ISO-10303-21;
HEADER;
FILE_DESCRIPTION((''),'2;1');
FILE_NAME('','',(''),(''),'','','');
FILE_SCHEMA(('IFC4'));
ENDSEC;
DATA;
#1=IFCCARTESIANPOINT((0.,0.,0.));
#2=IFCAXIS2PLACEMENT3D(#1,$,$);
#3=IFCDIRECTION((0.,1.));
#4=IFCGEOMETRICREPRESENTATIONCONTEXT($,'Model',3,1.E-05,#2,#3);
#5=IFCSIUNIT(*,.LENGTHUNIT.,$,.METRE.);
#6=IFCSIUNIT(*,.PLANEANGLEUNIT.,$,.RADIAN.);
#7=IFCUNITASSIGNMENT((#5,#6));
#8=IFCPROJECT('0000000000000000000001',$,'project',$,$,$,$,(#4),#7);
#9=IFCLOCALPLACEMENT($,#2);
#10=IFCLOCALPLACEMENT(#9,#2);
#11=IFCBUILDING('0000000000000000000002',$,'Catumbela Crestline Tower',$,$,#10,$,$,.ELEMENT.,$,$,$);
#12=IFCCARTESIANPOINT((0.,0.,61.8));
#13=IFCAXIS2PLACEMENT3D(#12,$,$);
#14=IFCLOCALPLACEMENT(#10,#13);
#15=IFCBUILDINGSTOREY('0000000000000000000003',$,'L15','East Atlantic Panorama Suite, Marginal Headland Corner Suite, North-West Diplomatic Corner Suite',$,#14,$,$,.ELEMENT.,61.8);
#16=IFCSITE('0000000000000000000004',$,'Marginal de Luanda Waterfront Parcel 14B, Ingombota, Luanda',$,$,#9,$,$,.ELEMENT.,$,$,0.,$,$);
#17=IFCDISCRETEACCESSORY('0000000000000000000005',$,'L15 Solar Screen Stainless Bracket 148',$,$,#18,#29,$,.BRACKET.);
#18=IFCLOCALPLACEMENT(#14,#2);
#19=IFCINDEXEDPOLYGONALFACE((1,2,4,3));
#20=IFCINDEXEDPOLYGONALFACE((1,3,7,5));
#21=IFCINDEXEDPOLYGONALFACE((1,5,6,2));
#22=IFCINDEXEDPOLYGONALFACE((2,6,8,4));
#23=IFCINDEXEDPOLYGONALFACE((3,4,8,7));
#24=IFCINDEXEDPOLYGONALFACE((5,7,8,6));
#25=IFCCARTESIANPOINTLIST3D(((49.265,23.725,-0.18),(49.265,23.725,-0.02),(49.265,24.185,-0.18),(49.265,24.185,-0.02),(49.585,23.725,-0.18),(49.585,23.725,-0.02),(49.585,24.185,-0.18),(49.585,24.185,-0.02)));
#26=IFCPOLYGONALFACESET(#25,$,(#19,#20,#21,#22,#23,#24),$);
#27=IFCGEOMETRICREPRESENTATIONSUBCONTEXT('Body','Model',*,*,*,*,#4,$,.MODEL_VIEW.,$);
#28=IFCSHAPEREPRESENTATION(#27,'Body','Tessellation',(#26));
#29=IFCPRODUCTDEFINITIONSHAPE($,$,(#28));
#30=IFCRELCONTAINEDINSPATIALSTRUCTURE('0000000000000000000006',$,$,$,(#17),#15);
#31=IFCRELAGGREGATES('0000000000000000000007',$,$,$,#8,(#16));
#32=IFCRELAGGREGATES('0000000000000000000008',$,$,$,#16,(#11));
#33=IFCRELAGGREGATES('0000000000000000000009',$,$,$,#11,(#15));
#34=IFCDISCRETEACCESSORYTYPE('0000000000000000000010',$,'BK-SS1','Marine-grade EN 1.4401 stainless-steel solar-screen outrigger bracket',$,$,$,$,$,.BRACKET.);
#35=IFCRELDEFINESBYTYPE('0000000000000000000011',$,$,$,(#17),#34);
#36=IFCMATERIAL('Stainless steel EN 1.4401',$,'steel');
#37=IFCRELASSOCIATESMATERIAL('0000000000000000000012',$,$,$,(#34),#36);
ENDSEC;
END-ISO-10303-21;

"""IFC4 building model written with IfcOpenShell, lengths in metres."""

from ifc_helpers import new_model, si_unit, direction, frame, origin, origin_2d, place, context, subcontext, project, spatial, rectangle, extrude, material, type_object, element, save


model = new_model("IFC4")

# Units and contexts
model_context = context("Model", 3, precision=1e-05, world=origin(), true_north=direction((0.0, 1.0)))
body_context = subcontext(model_context, "Body", "Model", "MODEL_VIEW")
ifc_project = project(units=[si_unit("LENGTHUNIT", "METRE"), si_unit("PLANEANGLEUNIT", "RADIAN")], contexts=[model_context])

# Site, building, storey
site_placement = place(None, origin())
site = spatial("IfcSite", under=ifc_project, at=site_placement, Name="Marginal de Luanda Waterfront Parcel 14B, Ingombota, Luanda", CompositionType="ELEMENT", RefElevation=0.0)
building_placement = place(site_placement, origin())
building = spatial("IfcBuilding", under=site, at=building_placement, Name="Catumbela Crestline Tower", CompositionType="ELEMENT")
storey_placement = place(building_placement, frame((0.0, 0.0, 61.8)))
storey = spatial("IfcBuildingStorey", under=building, at=storey_placement, Name="L15", Description="East Atlantic Panorama Suite, Marginal Headland Corner Suite, North-West Diplomatic Corner Suite", CompositionType="ELEMENT", Elevation=61.8)

# Discrete accessory
ifc_material_1 = material(Name="Stainless steel EN 1.4401", Category="steel")
discrete_accessory_type = type_object("IfcDiscreteAccessoryType", Name="BK-SS1", Description="Marine-grade EN 1.4401 stainless-steel solar-screen outrigger bracket", PredefinedType="BRACKET", material=ifc_material_1)
discrete_accessory_placement = place(storey_placement, frame((49.425, 23.955, -0.18), z_axis=(0.0, 0.0, 1.0), x_axis=(1.0, 0.0, 0.0)))
element("IfcDiscreteAccessory", 1, at=discrete_accessory_placement, inside=storey, type_object=discrete_accessory_type, Name="L15 Solar Screen Stainless Bracket 148", PredefinedType="BRACKET", context=body_context, shape_type="SweptSolid", body=[
    extrude(rectangle(XDim=0.32, YDim=0.46, at=origin_2d()), origin(), (0.0, 0.0, 1.0), 0.16),
])

save(model, "model.ifc")
